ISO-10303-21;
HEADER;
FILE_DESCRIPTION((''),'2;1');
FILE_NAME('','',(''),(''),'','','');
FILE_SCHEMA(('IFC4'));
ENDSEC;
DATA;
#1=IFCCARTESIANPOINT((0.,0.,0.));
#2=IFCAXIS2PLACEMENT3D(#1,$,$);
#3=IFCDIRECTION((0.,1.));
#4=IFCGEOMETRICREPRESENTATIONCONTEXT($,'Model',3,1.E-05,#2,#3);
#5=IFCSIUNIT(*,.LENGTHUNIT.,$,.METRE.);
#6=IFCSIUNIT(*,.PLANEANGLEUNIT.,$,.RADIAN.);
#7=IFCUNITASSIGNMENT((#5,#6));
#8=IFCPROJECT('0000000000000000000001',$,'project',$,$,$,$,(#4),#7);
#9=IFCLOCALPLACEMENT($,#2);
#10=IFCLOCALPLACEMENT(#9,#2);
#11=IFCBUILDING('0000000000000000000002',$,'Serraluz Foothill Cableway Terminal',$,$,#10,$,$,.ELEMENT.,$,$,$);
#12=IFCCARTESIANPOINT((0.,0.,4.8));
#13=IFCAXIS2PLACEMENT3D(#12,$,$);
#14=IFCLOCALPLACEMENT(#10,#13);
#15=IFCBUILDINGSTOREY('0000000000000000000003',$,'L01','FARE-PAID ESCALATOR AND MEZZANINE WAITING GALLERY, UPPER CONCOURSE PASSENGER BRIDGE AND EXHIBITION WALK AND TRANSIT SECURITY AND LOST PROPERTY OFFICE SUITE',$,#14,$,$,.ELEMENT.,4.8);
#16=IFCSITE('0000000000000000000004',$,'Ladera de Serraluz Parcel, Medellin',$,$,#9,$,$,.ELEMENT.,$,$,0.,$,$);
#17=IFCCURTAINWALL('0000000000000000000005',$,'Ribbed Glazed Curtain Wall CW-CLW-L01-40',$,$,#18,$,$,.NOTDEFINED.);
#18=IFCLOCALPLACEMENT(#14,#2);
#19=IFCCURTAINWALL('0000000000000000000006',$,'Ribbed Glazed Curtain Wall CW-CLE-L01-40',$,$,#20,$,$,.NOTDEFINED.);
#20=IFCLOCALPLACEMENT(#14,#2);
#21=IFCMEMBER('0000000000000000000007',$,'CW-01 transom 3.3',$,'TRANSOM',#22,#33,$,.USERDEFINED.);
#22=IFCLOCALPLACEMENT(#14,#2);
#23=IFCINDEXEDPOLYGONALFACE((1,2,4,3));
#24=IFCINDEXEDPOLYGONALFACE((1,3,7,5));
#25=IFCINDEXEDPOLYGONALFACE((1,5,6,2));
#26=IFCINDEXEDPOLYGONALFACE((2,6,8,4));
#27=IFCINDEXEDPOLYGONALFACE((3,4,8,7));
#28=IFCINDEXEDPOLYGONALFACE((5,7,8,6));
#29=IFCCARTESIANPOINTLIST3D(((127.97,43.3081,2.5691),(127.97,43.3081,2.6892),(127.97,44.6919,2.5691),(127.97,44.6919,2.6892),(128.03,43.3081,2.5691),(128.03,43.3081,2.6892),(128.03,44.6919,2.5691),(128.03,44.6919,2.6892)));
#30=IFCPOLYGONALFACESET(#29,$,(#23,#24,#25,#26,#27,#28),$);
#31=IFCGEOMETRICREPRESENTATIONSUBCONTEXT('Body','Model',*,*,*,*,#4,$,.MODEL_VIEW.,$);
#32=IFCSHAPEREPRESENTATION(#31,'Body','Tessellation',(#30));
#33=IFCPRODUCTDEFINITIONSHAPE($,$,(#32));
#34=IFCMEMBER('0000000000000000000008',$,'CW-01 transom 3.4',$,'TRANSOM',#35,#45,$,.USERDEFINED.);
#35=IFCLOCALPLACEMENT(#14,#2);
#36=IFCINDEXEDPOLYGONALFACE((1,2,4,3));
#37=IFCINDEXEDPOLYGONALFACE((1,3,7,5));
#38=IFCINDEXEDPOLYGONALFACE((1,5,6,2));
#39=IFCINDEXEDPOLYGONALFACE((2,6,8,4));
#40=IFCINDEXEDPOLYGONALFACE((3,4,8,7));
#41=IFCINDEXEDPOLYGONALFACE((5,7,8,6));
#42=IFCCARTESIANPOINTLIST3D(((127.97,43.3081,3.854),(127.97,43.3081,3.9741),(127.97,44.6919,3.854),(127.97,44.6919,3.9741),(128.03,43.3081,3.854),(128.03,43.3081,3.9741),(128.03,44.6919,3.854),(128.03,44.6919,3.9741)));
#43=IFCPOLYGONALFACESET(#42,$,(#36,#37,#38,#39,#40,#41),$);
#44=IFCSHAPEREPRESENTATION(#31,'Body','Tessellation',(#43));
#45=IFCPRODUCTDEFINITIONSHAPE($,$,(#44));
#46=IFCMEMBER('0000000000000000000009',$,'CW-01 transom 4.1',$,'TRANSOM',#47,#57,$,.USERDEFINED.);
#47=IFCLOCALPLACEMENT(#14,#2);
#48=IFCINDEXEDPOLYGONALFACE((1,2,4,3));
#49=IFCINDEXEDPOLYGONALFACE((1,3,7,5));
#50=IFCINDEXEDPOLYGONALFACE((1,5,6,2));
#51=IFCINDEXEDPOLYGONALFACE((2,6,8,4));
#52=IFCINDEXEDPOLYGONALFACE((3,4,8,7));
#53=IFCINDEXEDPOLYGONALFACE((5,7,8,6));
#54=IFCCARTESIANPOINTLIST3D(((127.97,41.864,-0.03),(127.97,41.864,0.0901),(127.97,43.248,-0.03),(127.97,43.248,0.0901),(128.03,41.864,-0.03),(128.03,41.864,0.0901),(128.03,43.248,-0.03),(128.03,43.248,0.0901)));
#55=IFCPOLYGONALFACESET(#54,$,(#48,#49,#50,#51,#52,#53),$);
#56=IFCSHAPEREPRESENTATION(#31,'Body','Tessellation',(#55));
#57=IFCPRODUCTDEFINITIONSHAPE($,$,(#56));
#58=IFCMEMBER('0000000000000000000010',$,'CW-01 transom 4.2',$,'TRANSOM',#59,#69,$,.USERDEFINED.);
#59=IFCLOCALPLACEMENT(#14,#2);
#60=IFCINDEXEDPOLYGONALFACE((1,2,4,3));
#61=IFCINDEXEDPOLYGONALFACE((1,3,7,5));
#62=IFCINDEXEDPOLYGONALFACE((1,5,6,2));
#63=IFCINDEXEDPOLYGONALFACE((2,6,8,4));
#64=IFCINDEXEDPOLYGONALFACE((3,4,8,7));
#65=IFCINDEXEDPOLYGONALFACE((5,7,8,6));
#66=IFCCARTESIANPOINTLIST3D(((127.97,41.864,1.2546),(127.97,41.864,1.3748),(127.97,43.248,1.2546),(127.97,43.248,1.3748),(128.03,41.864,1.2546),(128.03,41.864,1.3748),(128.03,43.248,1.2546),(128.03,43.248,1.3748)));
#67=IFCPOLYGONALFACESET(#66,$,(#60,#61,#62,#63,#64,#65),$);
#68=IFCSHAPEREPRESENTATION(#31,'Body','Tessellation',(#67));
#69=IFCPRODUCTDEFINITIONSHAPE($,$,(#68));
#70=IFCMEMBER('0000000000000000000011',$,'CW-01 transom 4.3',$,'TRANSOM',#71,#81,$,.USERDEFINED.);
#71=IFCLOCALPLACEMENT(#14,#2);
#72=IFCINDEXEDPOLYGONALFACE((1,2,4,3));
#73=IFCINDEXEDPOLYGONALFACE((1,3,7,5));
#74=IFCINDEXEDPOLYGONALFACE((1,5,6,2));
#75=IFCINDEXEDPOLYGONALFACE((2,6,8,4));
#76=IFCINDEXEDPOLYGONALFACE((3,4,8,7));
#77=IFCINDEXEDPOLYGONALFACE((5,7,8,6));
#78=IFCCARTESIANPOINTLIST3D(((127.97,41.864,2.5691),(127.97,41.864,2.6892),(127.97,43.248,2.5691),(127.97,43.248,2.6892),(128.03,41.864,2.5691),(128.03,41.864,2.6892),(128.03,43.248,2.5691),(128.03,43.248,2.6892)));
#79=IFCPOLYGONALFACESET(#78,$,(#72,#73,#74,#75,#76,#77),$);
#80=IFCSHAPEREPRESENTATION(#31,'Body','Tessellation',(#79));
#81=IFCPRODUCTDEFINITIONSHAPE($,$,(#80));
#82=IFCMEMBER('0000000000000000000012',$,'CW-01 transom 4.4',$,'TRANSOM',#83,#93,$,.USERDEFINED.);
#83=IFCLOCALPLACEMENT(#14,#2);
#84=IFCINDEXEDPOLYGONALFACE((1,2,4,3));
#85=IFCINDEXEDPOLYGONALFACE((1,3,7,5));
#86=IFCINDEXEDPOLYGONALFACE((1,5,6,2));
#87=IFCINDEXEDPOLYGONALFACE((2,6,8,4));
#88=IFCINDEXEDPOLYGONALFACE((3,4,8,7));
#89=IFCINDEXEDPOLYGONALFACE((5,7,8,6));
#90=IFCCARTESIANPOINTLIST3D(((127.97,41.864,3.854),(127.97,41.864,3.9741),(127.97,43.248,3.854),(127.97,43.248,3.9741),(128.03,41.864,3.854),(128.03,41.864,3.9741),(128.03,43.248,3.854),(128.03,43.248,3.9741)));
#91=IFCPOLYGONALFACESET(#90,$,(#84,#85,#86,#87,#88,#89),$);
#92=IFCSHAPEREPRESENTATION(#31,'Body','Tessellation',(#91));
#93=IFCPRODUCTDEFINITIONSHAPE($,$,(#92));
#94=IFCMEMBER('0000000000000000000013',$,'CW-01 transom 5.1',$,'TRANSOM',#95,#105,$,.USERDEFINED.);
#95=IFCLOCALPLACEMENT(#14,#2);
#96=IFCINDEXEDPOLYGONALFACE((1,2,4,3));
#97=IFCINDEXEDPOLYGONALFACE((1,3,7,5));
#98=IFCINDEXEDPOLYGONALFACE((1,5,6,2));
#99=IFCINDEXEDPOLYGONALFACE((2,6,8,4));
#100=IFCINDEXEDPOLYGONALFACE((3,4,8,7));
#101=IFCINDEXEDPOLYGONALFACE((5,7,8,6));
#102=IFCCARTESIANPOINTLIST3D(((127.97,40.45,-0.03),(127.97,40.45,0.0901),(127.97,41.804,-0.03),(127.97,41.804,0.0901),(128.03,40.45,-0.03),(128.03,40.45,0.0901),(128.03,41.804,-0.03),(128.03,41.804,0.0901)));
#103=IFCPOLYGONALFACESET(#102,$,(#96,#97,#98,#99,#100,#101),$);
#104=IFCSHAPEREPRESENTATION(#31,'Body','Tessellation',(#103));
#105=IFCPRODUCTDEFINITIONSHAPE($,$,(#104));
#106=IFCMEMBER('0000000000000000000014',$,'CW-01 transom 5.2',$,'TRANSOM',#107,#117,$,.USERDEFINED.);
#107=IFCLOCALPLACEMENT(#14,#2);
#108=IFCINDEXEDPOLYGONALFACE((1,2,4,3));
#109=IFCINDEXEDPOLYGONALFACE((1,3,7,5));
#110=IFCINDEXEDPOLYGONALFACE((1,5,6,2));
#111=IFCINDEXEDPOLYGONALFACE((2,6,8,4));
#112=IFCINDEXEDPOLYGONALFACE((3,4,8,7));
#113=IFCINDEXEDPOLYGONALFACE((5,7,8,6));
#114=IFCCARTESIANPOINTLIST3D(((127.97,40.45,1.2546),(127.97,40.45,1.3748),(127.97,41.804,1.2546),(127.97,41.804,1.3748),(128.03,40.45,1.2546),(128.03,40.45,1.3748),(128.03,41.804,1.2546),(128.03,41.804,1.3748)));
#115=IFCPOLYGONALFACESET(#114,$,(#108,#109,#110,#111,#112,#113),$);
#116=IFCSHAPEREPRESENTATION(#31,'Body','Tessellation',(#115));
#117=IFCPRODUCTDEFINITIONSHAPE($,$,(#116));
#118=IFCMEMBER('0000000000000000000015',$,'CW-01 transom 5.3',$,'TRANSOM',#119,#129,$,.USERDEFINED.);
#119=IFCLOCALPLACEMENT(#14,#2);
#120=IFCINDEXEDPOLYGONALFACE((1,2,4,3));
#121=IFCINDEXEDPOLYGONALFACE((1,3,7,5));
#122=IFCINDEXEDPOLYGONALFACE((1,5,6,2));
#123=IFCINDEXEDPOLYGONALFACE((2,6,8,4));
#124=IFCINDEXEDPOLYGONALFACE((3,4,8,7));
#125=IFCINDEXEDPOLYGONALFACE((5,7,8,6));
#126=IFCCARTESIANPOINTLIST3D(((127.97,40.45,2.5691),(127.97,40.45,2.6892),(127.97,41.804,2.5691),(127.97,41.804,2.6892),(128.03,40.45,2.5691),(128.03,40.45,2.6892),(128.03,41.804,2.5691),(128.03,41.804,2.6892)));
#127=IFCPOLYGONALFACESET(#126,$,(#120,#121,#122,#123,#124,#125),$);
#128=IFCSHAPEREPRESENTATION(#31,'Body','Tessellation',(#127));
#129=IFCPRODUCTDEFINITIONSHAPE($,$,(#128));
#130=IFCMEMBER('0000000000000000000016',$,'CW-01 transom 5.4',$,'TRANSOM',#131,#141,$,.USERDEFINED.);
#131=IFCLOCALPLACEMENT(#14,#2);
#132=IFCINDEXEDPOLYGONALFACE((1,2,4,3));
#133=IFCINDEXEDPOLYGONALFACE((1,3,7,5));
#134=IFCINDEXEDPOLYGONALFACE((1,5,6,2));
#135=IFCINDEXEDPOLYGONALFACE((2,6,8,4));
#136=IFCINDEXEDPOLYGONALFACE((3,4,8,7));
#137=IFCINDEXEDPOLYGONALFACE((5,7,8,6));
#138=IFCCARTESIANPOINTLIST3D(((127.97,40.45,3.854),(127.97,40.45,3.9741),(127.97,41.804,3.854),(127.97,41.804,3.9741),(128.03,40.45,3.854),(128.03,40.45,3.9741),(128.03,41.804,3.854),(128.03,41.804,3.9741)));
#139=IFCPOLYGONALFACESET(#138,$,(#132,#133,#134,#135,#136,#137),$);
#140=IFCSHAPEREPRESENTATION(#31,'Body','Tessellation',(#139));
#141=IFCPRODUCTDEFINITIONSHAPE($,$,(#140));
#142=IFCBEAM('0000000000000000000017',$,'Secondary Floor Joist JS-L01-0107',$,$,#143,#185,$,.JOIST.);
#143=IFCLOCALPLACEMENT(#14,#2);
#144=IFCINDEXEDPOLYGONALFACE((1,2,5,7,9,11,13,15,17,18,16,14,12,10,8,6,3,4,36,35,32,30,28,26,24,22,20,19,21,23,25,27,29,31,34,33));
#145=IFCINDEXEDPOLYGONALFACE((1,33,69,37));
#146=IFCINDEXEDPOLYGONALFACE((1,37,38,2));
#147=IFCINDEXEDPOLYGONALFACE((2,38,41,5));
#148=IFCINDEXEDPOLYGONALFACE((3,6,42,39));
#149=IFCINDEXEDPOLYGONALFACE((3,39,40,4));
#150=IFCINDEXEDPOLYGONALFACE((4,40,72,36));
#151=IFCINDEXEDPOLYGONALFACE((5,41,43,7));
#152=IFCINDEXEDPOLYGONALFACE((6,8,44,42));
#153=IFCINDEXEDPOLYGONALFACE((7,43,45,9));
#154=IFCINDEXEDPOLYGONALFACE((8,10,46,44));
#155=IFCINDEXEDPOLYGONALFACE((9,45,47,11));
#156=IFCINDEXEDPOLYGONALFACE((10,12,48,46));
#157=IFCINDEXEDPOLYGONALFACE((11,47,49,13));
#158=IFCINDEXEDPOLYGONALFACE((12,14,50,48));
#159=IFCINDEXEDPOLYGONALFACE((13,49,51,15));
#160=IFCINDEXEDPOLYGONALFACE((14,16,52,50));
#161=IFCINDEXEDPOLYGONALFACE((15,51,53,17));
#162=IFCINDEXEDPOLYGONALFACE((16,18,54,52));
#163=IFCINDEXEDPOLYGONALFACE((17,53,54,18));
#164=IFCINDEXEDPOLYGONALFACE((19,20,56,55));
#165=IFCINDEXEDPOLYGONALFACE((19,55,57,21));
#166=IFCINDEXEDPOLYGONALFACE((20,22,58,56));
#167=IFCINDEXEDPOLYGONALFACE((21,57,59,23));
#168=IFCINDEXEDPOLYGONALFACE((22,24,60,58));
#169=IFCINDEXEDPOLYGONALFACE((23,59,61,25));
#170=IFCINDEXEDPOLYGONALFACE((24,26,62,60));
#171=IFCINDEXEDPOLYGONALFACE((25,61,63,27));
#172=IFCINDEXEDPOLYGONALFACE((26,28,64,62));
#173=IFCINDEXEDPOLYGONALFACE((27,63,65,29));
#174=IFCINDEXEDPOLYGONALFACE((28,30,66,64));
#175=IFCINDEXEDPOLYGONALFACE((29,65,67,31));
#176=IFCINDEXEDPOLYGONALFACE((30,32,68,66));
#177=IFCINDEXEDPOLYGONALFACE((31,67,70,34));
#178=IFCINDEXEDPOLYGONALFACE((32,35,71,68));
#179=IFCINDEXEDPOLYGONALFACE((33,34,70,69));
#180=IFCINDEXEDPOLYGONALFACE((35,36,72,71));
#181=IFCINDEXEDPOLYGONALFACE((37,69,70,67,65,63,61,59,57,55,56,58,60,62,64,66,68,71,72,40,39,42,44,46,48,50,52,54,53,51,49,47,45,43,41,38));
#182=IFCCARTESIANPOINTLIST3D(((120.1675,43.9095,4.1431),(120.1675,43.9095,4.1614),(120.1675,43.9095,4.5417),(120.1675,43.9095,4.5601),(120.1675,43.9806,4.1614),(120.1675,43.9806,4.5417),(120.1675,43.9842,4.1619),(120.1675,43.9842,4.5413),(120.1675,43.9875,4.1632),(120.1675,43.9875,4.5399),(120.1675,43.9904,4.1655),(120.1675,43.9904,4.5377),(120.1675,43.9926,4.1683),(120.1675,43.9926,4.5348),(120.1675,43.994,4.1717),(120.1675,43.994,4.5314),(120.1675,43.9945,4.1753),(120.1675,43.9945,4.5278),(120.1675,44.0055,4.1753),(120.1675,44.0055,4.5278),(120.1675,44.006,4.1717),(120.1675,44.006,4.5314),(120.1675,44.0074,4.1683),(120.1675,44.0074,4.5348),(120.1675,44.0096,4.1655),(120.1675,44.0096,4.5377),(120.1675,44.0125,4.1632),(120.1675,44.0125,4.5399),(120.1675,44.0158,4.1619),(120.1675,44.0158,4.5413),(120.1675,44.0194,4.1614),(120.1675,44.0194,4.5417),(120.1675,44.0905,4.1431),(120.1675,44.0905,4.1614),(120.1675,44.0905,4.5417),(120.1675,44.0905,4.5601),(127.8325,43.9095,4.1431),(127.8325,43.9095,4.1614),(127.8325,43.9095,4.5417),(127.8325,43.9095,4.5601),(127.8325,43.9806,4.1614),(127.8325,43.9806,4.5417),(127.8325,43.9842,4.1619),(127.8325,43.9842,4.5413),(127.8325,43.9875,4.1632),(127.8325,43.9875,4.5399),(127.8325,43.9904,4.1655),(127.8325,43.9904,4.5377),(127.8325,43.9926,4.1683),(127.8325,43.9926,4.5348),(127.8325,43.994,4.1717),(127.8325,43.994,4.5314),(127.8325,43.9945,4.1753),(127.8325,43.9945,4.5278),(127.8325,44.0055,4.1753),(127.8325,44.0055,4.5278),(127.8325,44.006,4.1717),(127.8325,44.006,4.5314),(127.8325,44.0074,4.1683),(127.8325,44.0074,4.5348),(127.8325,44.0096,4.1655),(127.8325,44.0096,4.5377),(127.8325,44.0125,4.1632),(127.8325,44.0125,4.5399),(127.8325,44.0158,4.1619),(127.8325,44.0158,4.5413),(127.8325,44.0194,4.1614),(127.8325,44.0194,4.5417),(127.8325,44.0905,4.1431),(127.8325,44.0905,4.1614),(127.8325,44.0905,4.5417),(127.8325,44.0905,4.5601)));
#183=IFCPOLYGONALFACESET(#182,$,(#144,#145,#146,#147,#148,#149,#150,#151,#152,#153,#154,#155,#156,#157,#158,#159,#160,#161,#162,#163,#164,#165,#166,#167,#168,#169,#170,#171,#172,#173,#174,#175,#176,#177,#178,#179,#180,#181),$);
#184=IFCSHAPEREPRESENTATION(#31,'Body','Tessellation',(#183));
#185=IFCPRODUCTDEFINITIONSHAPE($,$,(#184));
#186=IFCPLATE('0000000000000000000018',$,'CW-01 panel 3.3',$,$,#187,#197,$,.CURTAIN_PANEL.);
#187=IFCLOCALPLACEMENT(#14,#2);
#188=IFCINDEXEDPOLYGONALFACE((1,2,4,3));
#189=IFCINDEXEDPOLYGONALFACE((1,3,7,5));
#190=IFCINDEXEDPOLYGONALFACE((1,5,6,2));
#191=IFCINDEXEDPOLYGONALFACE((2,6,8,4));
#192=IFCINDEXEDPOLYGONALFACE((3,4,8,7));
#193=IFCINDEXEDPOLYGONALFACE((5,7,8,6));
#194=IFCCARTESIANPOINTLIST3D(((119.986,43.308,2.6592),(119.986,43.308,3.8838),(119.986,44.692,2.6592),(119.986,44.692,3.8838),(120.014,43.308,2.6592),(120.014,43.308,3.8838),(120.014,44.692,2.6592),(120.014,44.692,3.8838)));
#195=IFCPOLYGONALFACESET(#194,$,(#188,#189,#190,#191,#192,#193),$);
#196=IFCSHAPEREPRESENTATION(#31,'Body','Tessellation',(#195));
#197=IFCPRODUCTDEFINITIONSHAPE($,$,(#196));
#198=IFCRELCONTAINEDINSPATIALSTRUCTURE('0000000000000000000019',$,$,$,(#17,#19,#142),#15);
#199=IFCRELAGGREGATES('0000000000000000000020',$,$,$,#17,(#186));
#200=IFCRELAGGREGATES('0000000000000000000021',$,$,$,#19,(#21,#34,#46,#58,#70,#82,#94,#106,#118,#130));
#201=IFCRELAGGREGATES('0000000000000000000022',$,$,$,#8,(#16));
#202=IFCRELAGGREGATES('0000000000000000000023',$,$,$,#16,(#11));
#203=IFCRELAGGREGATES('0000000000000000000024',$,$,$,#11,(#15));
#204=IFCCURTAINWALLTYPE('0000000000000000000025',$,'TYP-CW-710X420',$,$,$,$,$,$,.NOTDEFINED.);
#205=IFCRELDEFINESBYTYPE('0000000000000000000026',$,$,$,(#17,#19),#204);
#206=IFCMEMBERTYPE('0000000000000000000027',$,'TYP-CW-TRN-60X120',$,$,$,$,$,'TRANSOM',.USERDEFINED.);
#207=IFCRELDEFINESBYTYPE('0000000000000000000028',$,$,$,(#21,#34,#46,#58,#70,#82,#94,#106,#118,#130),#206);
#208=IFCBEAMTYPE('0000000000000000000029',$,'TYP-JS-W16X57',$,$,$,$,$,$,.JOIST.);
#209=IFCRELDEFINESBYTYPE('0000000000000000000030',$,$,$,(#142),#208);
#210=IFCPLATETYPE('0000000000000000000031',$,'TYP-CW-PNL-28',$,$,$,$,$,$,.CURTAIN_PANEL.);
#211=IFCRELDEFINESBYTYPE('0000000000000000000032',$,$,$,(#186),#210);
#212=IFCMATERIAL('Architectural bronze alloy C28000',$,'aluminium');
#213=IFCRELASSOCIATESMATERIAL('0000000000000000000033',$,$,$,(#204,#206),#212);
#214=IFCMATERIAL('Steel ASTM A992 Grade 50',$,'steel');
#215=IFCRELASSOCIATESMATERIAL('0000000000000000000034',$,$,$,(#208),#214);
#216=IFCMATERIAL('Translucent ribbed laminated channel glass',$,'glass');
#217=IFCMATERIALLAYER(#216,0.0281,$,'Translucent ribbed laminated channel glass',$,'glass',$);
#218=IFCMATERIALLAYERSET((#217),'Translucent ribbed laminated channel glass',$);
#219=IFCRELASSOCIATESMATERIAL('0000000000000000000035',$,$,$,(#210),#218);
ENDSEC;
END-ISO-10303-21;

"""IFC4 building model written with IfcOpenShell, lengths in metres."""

from ifc_helpers import new_model, si_unit, direction, frame, origin, origin_2d, place, context, subcontext, project, spatial, rectangle, i_section, extrude, material, layer, layer_set, material_profile, profile_set, type_object, element, aggregate, save


model = new_model("IFC4")

# Units and contexts
model_context = context("Model", 3, precision=1e-05, world=origin(), true_north=direction((0.0, 1.0)))
body_context = subcontext(model_context, "Body", "Model", "MODEL_VIEW")
ifc_project = project(units=[si_unit("LENGTHUNIT", "METRE"), si_unit("PLANEANGLEUNIT", "RADIAN")], contexts=[model_context])

# Site, building, storey
site_placement = place(None, origin())
site = spatial("IfcSite", under=ifc_project, at=site_placement, Name="Ladera de Serraluz Parcel, Medellin", CompositionType="ELEMENT", RefElevation=0.0)
building_placement = place(site_placement, origin())
building = spatial("IfcBuilding", under=site, at=building_placement, Name="Serraluz Foothill Cableway Terminal", CompositionType="ELEMENT")
storey_placement = place(building_placement, frame((0.0, 0.0, 4.8)))
storey = spatial("IfcBuildingStorey", under=building, at=storey_placement, Name="L01", Description="FARE-PAID ESCALATOR AND MEZZANINE WAITING GALLERY, UPPER CONCOURSE PASSENGER BRIDGE AND EXHIBITION WALK AND TRANSIT SECURITY AND LOST PROPERTY OFFICE SUITE", CompositionType="ELEMENT", Elevation=4.8)

# Shared definitions
ifc_material_1 = material(Name="Steel ASTM A992 Grade 50", Category="steel")

# Curtain wall
ifc_material_2 = material(Name="Architectural bronze alloy C28000", Category="aluminium")
curtain_wall_type = type_object("IfcCurtainWallType", Name="TYP-CW-710X420", PredefinedType="NOTDEFINED", material=ifc_material_2)
curtain_wall_1_placement = place(storey_placement, origin())
curtain_wall_1 = element("IfcCurtainWall", 1, at=curtain_wall_1_placement, inside=storey, type_object=curtain_wall_type, Name="Ribbed Glazed Curtain Wall CW-CLW-L01-40", PredefinedType="NOTDEFINED")

# Curtain wall
curtain_wall_2_placement = place(storey_placement, origin())
curtain_wall_2 = element("IfcCurtainWall", 2, at=curtain_wall_2_placement, inside=storey, type_object=curtain_wall_type, Name="Ribbed Glazed Curtain Wall CW-CLE-L01-40", PredefinedType="NOTDEFINED")

# Members
ifc_material_profile_1 = material_profile(ifc_material_2, rectangle(XDim=0.0601, YDim=0.1201, at=origin_2d()), Name="ALU TRANSOM 60x120")
ifc_profile_set_1 = profile_set([ifc_material_profile_1], Name="Architectural bronze alloy C28000")
member_type_1 = type_object("IfcMemberType", Name="TYP-CW-TRN-60X120", ElementType="TRANSOM", PredefinedType="USERDEFINED", material=ifc_profile_set_1)
member_1_placement = place(storey_placement, frame((128.0, 44.6919, 2.6292), z_axis=(0.0, -1.0, 0.0), x_axis=(1.0, 0.0, 0.0)))
member_1 = element("IfcMember", 3, at=member_1_placement, type_object=member_type_1, Name="CW-01 transom 3.3", ObjectType="TRANSOM", PredefinedType="USERDEFINED", context=body_context, shape_type="SweptSolid", body=[
    extrude(rectangle(XDim=0.0601, YDim=0.1201, at=origin_2d()), origin(), (0.0, 0.0, 1.0), 1.3838),
])
member_2_placement = place(storey_placement, frame((128.0, 44.6919, 3.9141), z_axis=(0.0, -1.0, 0.0), x_axis=(1.0, 0.0, 0.0)))
member_2 = element("IfcMember", 4, at=member_2_placement, type_object=member_type_1, Name="CW-01 transom 3.4", ObjectType="TRANSOM", PredefinedType="USERDEFINED", context=body_context, shape_type="SweptSolid", body=[
    extrude(rectangle(XDim=0.0601, YDim=0.1201, at=origin_2d()), origin(), (0.0, 0.0, 1.0), 1.3838),
])
member_3_placement = place(storey_placement, frame((128.0, 43.248, 0.03), z_axis=(0.0, -1.0, 0.0), x_axis=(1.0, 0.0, 0.0)))
member_3 = element("IfcMember", 5, at=member_3_placement, type_object=member_type_1, Name="CW-01 transom 4.1", ObjectType="TRANSOM", PredefinedType="USERDEFINED", context=body_context, shape_type="SweptSolid", body=[
    extrude(rectangle(XDim=0.0601, YDim=0.1201, at=origin_2d()), origin(), (0.0, 0.0, 1.0), 1.384),
])
member_4_placement = place(storey_placement, frame((128.0, 43.248, 1.3147), z_axis=(0.0, -1.0, 0.0), x_axis=(1.0, 0.0, 0.0)))
member_4 = element("IfcMember", 6, at=member_4_placement, type_object=member_type_1, Name="CW-01 transom 4.2", ObjectType="TRANSOM", PredefinedType="USERDEFINED", context=body_context, shape_type="SweptSolid", body=[
    extrude(rectangle(XDim=0.0601, YDim=0.1201, at=origin_2d()), origin(), (0.0, 0.0, 1.0), 1.384),
])
member_5_placement = place(storey_placement, frame((128.0, 43.248, 2.6292), z_axis=(0.0, -1.0, 0.0), x_axis=(1.0, 0.0, 0.0)))
member_5 = element("IfcMember", 7, at=member_5_placement, type_object=member_type_1, Name="CW-01 transom 4.3", ObjectType="TRANSOM", PredefinedType="USERDEFINED", context=body_context, shape_type="SweptSolid", body=[
    extrude(rectangle(XDim=0.0601, YDim=0.1201, at=origin_2d()), origin(), (0.0, 0.0, 1.0), 1.384),
])
member_6_placement = place(storey_placement, frame((128.0, 43.248, 3.9141), z_axis=(0.0, -1.0, 0.0), x_axis=(1.0, 0.0, 0.0)))
member_6 = element("IfcMember", 8, at=member_6_placement, type_object=member_type_1, Name="CW-01 transom 4.4", ObjectType="TRANSOM", PredefinedType="USERDEFINED", context=body_context, shape_type="SweptSolid", body=[
    extrude(rectangle(XDim=0.0601, YDim=0.1201, at=origin_2d()), origin(), (0.0, 0.0, 1.0), 1.384),
])
member_7_placement = place(storey_placement, frame((128.0, 41.804, 0.03), z_axis=(0.0, -1.0, 0.0), x_axis=(1.0, 0.0, 0.0)))
member_7 = element("IfcMember", 9, at=member_7_placement, type_object=member_type_1, Name="CW-01 transom 5.1", ObjectType="TRANSOM", PredefinedType="USERDEFINED", context=body_context, shape_type="SweptSolid", body=[
    extrude(rectangle(XDim=0.0601, YDim=0.1201, at=origin_2d()), origin(), (0.0, 0.0, 1.0), 1.354),
])
member_8_placement = place(storey_placement, frame((128.0, 41.804, 1.3147), z_axis=(0.0, -1.0, 0.0), x_axis=(1.0, 0.0, 0.0)))
member_8 = element("IfcMember", 10, at=member_8_placement, type_object=member_type_1, Name="CW-01 transom 5.2", ObjectType="TRANSOM", PredefinedType="USERDEFINED", context=body_context, shape_type="SweptSolid", body=[
    extrude(rectangle(XDim=0.0601, YDim=0.1201, at=origin_2d()), origin(), (0.0, 0.0, 1.0), 1.354),
])
member_9_placement = place(storey_placement, frame((128.0, 41.804, 2.6292), z_axis=(0.0, -1.0, 0.0), x_axis=(1.0, 0.0, 0.0)))
member_9 = element("IfcMember", 11, at=member_9_placement, type_object=member_type_1, Name="CW-01 transom 5.3", ObjectType="TRANSOM", PredefinedType="USERDEFINED", context=body_context, shape_type="SweptSolid", body=[
    extrude(rectangle(XDim=0.0601, YDim=0.1201, at=origin_2d()), origin(), (0.0, 0.0, 1.0), 1.354),
])
member_10_placement = place(storey_placement, frame((128.0, 41.804, 3.9141), z_axis=(0.0, -1.0, 0.0), x_axis=(1.0, 0.0, 0.0)))
member_10 = element("IfcMember", 12, at=member_10_placement, type_object=member_type_1, Name="CW-01 transom 5.4", ObjectType="TRANSOM", PredefinedType="USERDEFINED", context=body_context, shape_type="SweptSolid", body=[
    extrude(rectangle(XDim=0.0601, YDim=0.1201, at=origin_2d()), origin(), (0.0, 0.0, 1.0), 1.354),
])

# Beam
ifc_material_profile_2 = material_profile(ifc_material_1, i_section(OverallWidth=0.1809, OverallDepth=0.417, WebThickness=0.011, FlangeThickness=0.0183, FilletRadius=0.0139, at=origin_2d()), Name="W16X57")
ifc_profile_set_2 = profile_set([ifc_material_profile_2], Name="Steel ASTM A992 Grade 50")
beam_type_1 = type_object("IfcBeamType", Name="TYP-JS-W16X57", PredefinedType="JOIST", material=ifc_profile_set_2)
beam_1_placement = place(storey_placement, frame((120.1675, 44.0, 4.3516), z_axis=(1.0, 0.0, 0.0), x_axis=(0.0, 1.0, 0.0)))
element("IfcBeam", 13, at=beam_1_placement, inside=storey, type_object=beam_type_1, Name="Secondary Floor Joist JS-L01-0107", PredefinedType="JOIST", context=body_context, shape_type="SweptSolid", body=[
    extrude(i_section(OverallWidth=0.1809, OverallDepth=0.417, WebThickness=0.011, FlangeThickness=0.0183, FilletRadius=0.0139, at=origin_2d()), origin(), (0.0, 0.0, 1.0), 7.665),
])

# Plate
ifc_material_3 = material(Name="Translucent ribbed laminated channel glass", Category="glass")
ifc_layer = layer(ifc_material_3, 0.0281, Name="Translucent ribbed laminated channel glass", Category="glass")
ifc_layer_set = layer_set([ifc_layer], Name="Translucent ribbed laminated channel glass")
plate_type = type_object("IfcPlateType", Name="TYP-CW-PNL-28", PredefinedType="CURTAIN_PANEL", material=ifc_layer_set)
plate_1_placement = place(storey_placement, frame((120.0, 44.0, 2.6592), z_axis=(0.0, 0.0, 1.0), x_axis=(0.0, 1.0, 0.0)))
plate_1 = element("IfcPlate", 14, at=plate_1_placement, type_object=plate_type, Name="CW-01 panel 3.3", PredefinedType="CURTAIN_PANEL", context=body_context, shape_type="SweptSolid", body=[
    extrude(rectangle(XDim=1.384, YDim=0.0281, at=origin_2d()), origin(), (0.0, 0.0, 1.0), 1.2246),
])
aggregate(curtain_wall_1, [plate_1])
aggregate(curtain_wall_2, [member_1, member_2, member_3, member_4, member_5, member_6, member_7, member_8, member_9, member_10])

save(model, "model.ifc")
